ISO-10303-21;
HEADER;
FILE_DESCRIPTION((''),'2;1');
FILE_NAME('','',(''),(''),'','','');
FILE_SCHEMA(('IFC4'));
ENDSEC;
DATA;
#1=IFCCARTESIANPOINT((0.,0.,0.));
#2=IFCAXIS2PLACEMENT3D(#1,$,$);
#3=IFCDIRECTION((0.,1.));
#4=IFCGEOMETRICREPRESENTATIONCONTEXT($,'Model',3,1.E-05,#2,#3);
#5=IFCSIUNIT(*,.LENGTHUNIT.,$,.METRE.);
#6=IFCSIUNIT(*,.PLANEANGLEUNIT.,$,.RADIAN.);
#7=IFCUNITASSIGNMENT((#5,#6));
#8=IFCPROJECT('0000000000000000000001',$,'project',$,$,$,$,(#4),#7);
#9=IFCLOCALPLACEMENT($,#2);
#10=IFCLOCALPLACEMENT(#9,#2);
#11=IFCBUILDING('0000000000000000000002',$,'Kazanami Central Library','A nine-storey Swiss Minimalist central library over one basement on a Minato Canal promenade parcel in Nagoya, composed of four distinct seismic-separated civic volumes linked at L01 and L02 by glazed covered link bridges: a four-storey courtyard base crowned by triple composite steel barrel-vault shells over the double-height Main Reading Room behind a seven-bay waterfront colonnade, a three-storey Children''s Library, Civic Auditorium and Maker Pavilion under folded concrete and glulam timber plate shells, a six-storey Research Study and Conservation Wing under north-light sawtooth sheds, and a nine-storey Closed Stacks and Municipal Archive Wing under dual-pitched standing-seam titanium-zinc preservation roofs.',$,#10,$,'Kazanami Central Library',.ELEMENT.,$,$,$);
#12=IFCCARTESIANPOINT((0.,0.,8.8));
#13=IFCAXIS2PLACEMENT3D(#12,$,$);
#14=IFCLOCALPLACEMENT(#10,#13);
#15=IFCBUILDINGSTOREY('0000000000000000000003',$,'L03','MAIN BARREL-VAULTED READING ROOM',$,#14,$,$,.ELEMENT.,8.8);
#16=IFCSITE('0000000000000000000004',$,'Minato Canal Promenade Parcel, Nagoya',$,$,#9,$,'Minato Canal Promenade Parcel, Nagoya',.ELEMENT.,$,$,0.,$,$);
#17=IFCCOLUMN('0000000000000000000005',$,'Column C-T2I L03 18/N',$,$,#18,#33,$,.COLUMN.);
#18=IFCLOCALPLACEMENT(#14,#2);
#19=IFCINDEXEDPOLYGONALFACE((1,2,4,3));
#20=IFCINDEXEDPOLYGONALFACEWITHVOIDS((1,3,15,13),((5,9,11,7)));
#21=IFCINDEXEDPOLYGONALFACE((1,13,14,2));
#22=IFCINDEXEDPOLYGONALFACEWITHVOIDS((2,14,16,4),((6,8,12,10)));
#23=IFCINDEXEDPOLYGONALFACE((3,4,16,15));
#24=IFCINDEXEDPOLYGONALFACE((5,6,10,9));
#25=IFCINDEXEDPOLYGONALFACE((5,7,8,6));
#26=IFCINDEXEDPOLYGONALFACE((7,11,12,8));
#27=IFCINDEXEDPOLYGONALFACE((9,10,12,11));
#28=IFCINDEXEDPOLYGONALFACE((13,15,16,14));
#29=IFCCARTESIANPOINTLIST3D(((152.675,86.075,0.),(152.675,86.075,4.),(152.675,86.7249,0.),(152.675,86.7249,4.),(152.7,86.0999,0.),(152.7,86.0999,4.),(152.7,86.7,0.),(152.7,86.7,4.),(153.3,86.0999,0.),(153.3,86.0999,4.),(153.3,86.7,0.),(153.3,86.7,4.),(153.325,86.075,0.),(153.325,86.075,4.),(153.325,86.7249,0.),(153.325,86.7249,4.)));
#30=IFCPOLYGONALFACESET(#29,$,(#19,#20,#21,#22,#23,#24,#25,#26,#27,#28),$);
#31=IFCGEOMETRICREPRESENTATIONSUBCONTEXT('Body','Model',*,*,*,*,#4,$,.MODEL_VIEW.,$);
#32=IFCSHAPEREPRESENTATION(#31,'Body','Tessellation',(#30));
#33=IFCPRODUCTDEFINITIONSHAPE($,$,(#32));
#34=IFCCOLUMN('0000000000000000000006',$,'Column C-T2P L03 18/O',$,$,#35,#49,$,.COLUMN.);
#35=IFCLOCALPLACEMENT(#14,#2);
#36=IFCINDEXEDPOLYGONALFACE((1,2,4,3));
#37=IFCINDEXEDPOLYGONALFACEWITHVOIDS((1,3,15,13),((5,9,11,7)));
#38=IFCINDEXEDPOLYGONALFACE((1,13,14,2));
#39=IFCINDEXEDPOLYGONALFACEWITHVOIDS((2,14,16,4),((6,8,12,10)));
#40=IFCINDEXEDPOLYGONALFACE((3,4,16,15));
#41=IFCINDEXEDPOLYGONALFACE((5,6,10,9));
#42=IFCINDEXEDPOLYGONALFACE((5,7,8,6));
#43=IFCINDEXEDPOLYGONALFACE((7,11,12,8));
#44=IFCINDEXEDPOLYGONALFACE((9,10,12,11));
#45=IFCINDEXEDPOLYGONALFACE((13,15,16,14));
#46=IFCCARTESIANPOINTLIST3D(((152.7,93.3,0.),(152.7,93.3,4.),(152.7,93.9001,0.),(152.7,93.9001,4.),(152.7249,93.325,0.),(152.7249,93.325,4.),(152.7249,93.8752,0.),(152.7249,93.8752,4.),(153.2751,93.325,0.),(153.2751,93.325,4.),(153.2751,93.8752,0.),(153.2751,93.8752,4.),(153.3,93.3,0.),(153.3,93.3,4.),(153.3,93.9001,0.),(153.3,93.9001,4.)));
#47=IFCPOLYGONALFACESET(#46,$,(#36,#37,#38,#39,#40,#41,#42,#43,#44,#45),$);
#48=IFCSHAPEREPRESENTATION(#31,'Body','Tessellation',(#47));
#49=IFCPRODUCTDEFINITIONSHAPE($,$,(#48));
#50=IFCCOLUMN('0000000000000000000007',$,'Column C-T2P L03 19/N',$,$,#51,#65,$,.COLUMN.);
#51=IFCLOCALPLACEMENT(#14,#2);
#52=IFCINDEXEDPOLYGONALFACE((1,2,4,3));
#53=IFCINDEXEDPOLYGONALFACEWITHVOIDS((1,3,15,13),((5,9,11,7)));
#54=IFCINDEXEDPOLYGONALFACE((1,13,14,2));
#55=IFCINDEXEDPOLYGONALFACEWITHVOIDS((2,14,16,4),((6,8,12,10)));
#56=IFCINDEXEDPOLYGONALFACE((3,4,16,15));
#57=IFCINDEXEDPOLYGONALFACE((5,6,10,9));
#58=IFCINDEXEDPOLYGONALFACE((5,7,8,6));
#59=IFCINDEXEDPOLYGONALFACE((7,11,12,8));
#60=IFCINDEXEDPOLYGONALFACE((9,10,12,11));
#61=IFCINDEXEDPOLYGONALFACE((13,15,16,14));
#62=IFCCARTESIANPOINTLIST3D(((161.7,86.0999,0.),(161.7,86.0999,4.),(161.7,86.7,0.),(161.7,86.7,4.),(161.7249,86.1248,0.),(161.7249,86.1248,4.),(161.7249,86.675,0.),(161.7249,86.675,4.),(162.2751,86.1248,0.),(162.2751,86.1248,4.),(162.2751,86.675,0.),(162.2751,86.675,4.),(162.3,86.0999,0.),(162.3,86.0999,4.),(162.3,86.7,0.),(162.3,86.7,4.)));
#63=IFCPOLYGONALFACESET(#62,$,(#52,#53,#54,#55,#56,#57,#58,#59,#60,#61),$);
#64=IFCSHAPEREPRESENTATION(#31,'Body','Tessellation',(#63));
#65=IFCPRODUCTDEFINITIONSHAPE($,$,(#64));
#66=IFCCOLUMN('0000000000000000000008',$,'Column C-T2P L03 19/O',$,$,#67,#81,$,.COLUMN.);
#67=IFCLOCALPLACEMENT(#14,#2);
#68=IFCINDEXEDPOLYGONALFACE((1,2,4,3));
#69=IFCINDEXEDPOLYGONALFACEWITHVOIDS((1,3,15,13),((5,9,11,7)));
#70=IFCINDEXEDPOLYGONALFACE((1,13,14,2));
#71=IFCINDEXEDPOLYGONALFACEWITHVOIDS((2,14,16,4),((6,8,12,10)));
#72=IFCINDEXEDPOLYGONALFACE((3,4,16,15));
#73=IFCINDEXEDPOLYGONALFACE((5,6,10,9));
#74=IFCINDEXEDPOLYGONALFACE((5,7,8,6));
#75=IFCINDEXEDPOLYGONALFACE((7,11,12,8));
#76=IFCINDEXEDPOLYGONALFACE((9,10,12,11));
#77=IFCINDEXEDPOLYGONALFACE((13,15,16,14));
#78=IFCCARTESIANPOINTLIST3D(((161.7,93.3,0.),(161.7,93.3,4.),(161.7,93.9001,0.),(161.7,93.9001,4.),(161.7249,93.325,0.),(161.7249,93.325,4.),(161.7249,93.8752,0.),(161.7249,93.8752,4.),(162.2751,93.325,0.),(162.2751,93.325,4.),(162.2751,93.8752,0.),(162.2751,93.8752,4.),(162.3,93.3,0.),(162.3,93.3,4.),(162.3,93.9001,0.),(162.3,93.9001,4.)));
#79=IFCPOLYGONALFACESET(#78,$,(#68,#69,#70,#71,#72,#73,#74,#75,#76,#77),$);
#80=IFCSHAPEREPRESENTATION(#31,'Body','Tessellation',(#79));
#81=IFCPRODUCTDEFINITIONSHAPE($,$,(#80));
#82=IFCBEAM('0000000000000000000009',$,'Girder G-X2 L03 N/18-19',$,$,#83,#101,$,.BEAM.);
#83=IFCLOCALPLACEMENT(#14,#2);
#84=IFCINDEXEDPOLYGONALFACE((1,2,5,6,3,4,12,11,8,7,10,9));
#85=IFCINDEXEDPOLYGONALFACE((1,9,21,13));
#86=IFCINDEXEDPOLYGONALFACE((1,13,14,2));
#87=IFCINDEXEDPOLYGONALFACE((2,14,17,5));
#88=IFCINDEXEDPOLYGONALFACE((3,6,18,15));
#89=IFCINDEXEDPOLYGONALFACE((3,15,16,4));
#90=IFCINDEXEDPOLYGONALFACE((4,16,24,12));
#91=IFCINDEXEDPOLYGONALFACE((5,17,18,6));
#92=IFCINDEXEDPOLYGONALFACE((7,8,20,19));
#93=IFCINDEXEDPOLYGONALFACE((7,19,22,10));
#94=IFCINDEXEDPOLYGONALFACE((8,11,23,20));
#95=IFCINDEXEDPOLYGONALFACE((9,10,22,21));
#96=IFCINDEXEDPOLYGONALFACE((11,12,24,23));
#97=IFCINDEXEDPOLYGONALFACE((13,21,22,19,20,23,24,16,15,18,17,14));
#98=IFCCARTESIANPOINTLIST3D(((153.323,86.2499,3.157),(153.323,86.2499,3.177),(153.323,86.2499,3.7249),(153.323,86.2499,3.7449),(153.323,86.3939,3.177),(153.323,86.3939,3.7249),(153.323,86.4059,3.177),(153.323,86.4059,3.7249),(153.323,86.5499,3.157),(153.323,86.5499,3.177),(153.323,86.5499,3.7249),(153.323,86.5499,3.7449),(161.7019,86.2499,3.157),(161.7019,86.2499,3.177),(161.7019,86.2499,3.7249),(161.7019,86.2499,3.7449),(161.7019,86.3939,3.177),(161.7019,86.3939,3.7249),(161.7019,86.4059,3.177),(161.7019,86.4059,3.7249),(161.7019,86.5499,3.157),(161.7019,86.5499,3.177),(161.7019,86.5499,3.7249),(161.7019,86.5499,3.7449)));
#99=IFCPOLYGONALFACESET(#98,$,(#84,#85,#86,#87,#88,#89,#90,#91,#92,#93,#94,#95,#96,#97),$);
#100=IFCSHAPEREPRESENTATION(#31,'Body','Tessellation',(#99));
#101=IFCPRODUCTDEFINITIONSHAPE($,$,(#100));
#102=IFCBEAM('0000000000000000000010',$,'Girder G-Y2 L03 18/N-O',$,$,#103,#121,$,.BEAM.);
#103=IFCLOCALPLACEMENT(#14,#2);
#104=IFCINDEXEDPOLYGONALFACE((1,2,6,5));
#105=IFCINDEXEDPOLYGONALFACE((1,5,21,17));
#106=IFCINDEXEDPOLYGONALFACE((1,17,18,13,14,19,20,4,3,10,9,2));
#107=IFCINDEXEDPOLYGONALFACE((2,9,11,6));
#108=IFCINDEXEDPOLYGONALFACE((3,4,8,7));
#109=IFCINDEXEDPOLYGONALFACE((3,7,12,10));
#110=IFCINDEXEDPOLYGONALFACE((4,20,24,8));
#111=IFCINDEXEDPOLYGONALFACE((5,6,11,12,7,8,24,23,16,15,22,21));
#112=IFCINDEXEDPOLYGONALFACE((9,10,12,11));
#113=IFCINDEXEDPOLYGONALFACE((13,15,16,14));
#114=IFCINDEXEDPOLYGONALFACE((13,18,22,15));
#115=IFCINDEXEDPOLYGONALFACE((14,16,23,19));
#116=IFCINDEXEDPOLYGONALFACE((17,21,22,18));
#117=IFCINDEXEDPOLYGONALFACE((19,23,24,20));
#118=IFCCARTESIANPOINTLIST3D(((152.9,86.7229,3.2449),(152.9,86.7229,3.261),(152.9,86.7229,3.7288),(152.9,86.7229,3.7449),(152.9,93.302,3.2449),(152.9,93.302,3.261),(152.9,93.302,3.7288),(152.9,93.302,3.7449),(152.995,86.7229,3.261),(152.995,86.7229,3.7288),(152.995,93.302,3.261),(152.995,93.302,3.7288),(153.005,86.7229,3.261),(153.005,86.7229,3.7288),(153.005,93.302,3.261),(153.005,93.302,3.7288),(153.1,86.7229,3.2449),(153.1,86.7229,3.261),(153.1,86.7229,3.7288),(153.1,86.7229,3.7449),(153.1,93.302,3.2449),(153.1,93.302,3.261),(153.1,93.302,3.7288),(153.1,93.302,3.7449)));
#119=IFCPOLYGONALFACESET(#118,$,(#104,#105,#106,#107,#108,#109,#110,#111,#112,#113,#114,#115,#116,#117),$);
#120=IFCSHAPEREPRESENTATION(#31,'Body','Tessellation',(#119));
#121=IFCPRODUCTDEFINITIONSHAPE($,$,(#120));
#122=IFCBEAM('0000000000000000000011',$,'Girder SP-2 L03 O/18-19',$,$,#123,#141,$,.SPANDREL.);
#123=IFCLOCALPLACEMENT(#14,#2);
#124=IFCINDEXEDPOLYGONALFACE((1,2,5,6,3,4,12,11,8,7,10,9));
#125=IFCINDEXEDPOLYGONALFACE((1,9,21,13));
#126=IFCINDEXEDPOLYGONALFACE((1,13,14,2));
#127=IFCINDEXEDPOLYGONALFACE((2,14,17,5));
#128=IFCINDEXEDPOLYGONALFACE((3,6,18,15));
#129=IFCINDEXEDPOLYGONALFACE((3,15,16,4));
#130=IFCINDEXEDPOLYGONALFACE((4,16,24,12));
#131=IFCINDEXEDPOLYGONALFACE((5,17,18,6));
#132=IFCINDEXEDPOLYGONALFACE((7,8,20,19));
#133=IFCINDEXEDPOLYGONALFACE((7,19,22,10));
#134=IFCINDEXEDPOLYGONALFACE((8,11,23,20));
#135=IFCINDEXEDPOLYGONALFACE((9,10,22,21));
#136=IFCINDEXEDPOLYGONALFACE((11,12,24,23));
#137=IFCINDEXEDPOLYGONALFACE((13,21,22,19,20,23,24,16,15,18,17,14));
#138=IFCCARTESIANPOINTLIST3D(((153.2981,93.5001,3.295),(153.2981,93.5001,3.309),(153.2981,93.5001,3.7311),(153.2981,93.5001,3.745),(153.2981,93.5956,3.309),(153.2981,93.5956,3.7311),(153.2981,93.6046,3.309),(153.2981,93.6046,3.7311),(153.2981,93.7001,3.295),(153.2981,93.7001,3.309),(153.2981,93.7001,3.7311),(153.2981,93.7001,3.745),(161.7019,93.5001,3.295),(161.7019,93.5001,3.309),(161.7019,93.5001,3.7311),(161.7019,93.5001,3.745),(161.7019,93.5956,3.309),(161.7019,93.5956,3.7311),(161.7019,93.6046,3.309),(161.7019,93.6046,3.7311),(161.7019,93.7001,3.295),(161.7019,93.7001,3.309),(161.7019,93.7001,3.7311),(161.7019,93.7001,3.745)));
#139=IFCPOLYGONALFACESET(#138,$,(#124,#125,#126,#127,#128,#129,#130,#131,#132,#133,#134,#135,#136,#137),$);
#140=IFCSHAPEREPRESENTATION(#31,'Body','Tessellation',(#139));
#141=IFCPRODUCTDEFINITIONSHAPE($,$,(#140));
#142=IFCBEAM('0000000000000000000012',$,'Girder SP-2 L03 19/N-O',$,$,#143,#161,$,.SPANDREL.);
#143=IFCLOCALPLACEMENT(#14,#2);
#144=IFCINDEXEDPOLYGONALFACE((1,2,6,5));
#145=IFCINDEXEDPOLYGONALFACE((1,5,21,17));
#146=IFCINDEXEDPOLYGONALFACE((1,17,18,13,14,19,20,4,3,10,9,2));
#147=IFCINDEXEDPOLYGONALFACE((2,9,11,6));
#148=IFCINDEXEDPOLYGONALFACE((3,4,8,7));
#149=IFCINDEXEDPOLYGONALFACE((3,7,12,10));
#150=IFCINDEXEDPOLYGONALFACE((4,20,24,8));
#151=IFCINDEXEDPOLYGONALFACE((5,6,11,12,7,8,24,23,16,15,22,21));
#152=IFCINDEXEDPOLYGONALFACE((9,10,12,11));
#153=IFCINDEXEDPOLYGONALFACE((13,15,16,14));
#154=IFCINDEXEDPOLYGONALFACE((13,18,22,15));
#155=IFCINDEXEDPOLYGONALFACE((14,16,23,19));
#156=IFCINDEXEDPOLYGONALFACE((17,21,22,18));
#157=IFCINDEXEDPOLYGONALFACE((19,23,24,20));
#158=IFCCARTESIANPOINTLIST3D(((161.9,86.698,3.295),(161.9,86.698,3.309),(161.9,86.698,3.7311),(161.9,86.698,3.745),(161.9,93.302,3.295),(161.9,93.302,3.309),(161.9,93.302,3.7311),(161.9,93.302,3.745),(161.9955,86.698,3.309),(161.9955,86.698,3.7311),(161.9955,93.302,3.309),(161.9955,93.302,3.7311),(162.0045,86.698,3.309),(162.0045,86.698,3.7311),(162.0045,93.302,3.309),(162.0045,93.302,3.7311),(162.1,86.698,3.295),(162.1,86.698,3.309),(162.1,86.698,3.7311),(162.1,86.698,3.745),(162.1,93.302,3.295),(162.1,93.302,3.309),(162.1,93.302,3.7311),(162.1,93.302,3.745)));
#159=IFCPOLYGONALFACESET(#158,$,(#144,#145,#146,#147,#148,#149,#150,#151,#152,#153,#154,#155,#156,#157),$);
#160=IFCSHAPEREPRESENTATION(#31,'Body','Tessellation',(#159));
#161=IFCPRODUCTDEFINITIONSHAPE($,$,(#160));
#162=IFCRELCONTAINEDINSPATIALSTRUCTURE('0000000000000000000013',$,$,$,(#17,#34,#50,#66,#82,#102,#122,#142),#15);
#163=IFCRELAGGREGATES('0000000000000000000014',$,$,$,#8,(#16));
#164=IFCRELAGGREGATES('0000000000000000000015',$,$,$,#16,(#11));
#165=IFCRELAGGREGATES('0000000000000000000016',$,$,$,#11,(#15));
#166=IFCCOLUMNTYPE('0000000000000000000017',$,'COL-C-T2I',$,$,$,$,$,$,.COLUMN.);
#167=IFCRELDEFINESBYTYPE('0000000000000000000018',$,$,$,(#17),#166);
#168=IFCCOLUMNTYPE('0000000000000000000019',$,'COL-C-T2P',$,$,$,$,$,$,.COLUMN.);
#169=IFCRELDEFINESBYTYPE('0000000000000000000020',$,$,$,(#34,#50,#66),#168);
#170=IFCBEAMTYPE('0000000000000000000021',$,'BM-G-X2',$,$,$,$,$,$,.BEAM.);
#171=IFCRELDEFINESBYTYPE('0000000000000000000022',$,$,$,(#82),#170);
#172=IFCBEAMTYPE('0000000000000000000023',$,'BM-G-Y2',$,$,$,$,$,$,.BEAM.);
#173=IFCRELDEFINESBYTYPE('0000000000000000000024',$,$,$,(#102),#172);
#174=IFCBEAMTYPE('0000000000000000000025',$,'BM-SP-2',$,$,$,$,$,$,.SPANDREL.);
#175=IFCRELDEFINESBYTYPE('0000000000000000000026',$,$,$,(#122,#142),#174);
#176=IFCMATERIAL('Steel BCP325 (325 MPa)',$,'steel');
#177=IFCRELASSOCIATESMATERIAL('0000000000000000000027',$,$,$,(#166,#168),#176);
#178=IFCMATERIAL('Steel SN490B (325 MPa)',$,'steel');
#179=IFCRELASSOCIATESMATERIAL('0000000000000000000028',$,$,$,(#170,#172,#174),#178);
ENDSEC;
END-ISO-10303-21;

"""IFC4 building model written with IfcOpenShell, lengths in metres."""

from ifc_helpers import new_model, si_unit, direction, frame, origin, origin_2d, place, context, subcontext, project, spatial, hollow_rectangle, i_section, extrude, material, material_profile, profile_set, type_object, element, save


model = new_model("IFC4")

# Units and contexts
model_context = context("Model", 3, precision=1e-05, world=origin(), true_north=direction((0.0, 1.0)))
body_context = subcontext(model_context, "Body", "Model", "MODEL_VIEW")
ifc_project = project(units=[si_unit("LENGTHUNIT", "METRE"), si_unit("PLANEANGLEUNIT", "RADIAN")], contexts=[model_context])

# Site, building, storey
site_placement = place(None, origin())
site = spatial("IfcSite", under=ifc_project, at=site_placement, Name="Minato Canal Promenade Parcel, Nagoya", LongName="Minato Canal Promenade Parcel, Nagoya", CompositionType="ELEMENT", RefElevation=0.0)
building_placement = place(site_placement, origin())
building = spatial("IfcBuilding", under=site, at=building_placement, Name="Kazanami Central Library", Description="A nine-storey Swiss Minimalist central library over one basement on a Minato Canal promenade parcel in Nagoya, composed of four distinct seismic-separated civic volumes linked at L01 and L02 by glazed covered link bridges: a four-storey courtyard base crowned by triple composite steel barrel-vault shells over the double-height Main Reading Room behind a seven-bay waterfront colonnade, a three-storey Children's Library, Civic Auditorium and Maker Pavilion under folded concrete and glulam timber plate shells, a six-storey Research Study and Conservation Wing under north-light sawtooth sheds, and a nine-storey Closed Stacks and Municipal Archive Wing under dual-pitched standing-seam titanium-zinc preservation roofs.", LongName="Kazanami Central Library", CompositionType="ELEMENT")
storey_placement = place(building_placement, frame((0.0, 0.0, 8.8)))
storey = spatial("IfcBuildingStorey", under=building, at=storey_placement, Name="L03", Description="MAIN BARREL-VAULTED READING ROOM", CompositionType="ELEMENT", Elevation=8.8)

# Columns
ifc_material_1 = material(Name="Steel BCP325 (325 MPa)", Category="steel")
ifc_material_profile_1 = material_profile(ifc_material_1, hollow_rectangle(XDim=0.6499, YDim=0.6499, WallThickness=0.0249, at=origin_2d()), Name="BCP-650x650x25")
ifc_profile_set_1 = profile_set([ifc_material_profile_1], Name="Steel BCP325 (325 MPa)")
column_type_1 = type_object("IfcColumnType", Name="COL-C-T2I", PredefinedType="COLUMN", material=ifc_profile_set_1)
column_placement = place(storey_placement, frame((153.0, 86.3999, 0.0), z_axis=(0.0, 0.0, 1.0), x_axis=(1.0, 0.0, 0.0)))
element("IfcColumn", 1, at=column_placement, inside=storey, type_object=column_type_1, Name="Column C-T2I L03 18/N", PredefinedType="COLUMN", context=body_context, shape_type="SweptSolid", body=[
    extrude(hollow_rectangle(XDim=0.6499, YDim=0.6499, WallThickness=0.0249, at=origin_2d()), origin(), (0.0, 0.0, 1.0), 4.0),
])
ifc_material_profile_2 = material_profile(ifc_material_1, hollow_rectangle(XDim=0.6001, YDim=0.6001, WallThickness=0.0249, at=origin_2d()), Name="BCP-600x600x25")
ifc_profile_set_2 = profile_set([ifc_material_profile_2], Name="Steel BCP325 (325 MPa)")
column_type_2 = type_object("IfcColumnType", Name="COL-C-T2P", PredefinedType="COLUMN", material=ifc_profile_set_2)
for number, where, z_axis, x_axis, name in (
    (2, (153.0, 93.6001, 0.0), (0.0, 0.0, 1.0), (1.0, 0.0, 0.0), "Column C-T2P L03 18/O"),
    (3, (162.0, 86.3999, 0.0), (0.0, 0.0, 1.0), (1.0, 0.0, 0.0), "Column C-T2P L03 19/N"),
    (4, (162.0, 93.6001, 0.0), (0.0, 0.0, 1.0), (1.0, 0.0, 0.0), "Column C-T2P L03 19/O"),
):
    element("IfcColumn", number, at=place(storey_placement, frame(where, z_axis=z_axis, x_axis=x_axis)), inside=storey, type_object=column_type_2, Name=name, PredefinedType="COLUMN", context=body_context, shape_type="SweptSolid", body=[
        extrude(hollow_rectangle(XDim=0.6001, YDim=0.6001, WallThickness=0.0249, at=origin_2d()), origin(), (0.0, 0.0, 1.0), 4.0),
    ])

# Beams
ifc_material_2 = material(Name="Steel SN490B (325 MPa)", Category="steel")
ifc_material_profile_3 = material_profile(ifc_material_2, i_section(OverallWidth=0.3, OverallDepth=0.5879, WebThickness=0.012, FlangeThickness=0.02, at=origin_2d()), Name="H-588x300x12x20")
ifc_profile_set_3 = profile_set([ifc_material_profile_3], Name="Steel SN490B (325 MPa)")
beam_type_1 = type_object("IfcBeamType", Name="BM-G-X2", PredefinedType="BEAM", material=ifc_profile_set_3)
beam_1_placement = place(storey_placement, frame((153.323, 86.3999, 3.4509), z_axis=(1.0, 0.0, 0.0), x_axis=(0.0, 1.0, 0.0)))
element("IfcBeam", 5, at=beam_1_placement, inside=storey, type_object=beam_type_1, Name="Girder G-X2 L03 N/18-19", PredefinedType="BEAM", context=body_context, shape_type="SweptSolid", body=[
    extrude(i_section(OverallWidth=0.3, OverallDepth=0.5879, WebThickness=0.012, FlangeThickness=0.02, at=origin_2d()), origin(), (0.0, 0.0, 1.0), 8.3789),
])
ifc_material_profile_4 = material_profile(ifc_material_2, i_section(OverallWidth=0.2, OverallDepth=0.5, WebThickness=0.01, FlangeThickness=0.0161, at=origin_2d()), Name="H-500x200x10x16")
ifc_profile_set_4 = profile_set([ifc_material_profile_4], Name="Steel SN490B (325 MPa)")
beam_type_2 = type_object("IfcBeamType", Name="BM-G-Y2", PredefinedType="BEAM", material=ifc_profile_set_4)
beam_2_placement = place(storey_placement, frame((153.0, 86.7229, 3.4949), z_axis=(0.0, 1.0, 0.0), x_axis=(-1.0, 0.0, 0.0)))
element("IfcBeam", 6, at=beam_2_placement, inside=storey, type_object=beam_type_2, Name="Girder G-Y2 L03 18/N-O", PredefinedType="BEAM", context=body_context, shape_type="SweptSolid", body=[
    extrude(i_section(OverallWidth=0.2, OverallDepth=0.5, WebThickness=0.01, FlangeThickness=0.0161, at=origin_2d()), origin(), (0.0, 0.0, 1.0), 6.5791),
])
ifc_material_profile_5 = material_profile(ifc_material_2, i_section(OverallWidth=0.2, OverallDepth=0.45, WebThickness=0.009, FlangeThickness=0.0139, at=origin_2d()), Name="H-450x200x9x14")
ifc_profile_set_5 = profile_set([ifc_material_profile_5], Name="Steel SN490B (325 MPa)")
beam_type_3 = type_object("IfcBeamType", Name="BM-SP-2", PredefinedType="SPANDREL", material=ifc_profile_set_5)
beam_3_placement = place(storey_placement, frame((153.2981, 93.6001, 3.52), z_axis=(1.0, 0.0, 0.0), x_axis=(0.0, 1.0, 0.0)))
element("IfcBeam", 7, at=beam_3_placement, inside=storey, type_object=beam_type_3, Name="Girder SP-2 L03 O/18-19", PredefinedType="SPANDREL", context=body_context, shape_type="SweptSolid", body=[
    extrude(i_section(OverallWidth=0.2, OverallDepth=0.45, WebThickness=0.009, FlangeThickness=0.0139, at=origin_2d()), origin(), (0.0, 0.0, 1.0), 8.4038),
])
beam_4_placement = place(storey_placement, frame((162.0, 86.698, 3.52), z_axis=(0.0, 1.0, 0.0), x_axis=(-1.0, 0.0, 0.0)))
element("IfcBeam", 8, at=beam_4_placement, inside=storey, type_object=beam_type_3, Name="Girder SP-2 L03 19/N-O", PredefinedType="SPANDREL", context=body_context, shape_type="SweptSolid", body=[
    extrude(i_section(OverallWidth=0.2, OverallDepth=0.45, WebThickness=0.009, FlangeThickness=0.0139, at=origin_2d()), origin(), (0.0, 0.0, 1.0), 6.604),
])

save(model, "model.ifc")
